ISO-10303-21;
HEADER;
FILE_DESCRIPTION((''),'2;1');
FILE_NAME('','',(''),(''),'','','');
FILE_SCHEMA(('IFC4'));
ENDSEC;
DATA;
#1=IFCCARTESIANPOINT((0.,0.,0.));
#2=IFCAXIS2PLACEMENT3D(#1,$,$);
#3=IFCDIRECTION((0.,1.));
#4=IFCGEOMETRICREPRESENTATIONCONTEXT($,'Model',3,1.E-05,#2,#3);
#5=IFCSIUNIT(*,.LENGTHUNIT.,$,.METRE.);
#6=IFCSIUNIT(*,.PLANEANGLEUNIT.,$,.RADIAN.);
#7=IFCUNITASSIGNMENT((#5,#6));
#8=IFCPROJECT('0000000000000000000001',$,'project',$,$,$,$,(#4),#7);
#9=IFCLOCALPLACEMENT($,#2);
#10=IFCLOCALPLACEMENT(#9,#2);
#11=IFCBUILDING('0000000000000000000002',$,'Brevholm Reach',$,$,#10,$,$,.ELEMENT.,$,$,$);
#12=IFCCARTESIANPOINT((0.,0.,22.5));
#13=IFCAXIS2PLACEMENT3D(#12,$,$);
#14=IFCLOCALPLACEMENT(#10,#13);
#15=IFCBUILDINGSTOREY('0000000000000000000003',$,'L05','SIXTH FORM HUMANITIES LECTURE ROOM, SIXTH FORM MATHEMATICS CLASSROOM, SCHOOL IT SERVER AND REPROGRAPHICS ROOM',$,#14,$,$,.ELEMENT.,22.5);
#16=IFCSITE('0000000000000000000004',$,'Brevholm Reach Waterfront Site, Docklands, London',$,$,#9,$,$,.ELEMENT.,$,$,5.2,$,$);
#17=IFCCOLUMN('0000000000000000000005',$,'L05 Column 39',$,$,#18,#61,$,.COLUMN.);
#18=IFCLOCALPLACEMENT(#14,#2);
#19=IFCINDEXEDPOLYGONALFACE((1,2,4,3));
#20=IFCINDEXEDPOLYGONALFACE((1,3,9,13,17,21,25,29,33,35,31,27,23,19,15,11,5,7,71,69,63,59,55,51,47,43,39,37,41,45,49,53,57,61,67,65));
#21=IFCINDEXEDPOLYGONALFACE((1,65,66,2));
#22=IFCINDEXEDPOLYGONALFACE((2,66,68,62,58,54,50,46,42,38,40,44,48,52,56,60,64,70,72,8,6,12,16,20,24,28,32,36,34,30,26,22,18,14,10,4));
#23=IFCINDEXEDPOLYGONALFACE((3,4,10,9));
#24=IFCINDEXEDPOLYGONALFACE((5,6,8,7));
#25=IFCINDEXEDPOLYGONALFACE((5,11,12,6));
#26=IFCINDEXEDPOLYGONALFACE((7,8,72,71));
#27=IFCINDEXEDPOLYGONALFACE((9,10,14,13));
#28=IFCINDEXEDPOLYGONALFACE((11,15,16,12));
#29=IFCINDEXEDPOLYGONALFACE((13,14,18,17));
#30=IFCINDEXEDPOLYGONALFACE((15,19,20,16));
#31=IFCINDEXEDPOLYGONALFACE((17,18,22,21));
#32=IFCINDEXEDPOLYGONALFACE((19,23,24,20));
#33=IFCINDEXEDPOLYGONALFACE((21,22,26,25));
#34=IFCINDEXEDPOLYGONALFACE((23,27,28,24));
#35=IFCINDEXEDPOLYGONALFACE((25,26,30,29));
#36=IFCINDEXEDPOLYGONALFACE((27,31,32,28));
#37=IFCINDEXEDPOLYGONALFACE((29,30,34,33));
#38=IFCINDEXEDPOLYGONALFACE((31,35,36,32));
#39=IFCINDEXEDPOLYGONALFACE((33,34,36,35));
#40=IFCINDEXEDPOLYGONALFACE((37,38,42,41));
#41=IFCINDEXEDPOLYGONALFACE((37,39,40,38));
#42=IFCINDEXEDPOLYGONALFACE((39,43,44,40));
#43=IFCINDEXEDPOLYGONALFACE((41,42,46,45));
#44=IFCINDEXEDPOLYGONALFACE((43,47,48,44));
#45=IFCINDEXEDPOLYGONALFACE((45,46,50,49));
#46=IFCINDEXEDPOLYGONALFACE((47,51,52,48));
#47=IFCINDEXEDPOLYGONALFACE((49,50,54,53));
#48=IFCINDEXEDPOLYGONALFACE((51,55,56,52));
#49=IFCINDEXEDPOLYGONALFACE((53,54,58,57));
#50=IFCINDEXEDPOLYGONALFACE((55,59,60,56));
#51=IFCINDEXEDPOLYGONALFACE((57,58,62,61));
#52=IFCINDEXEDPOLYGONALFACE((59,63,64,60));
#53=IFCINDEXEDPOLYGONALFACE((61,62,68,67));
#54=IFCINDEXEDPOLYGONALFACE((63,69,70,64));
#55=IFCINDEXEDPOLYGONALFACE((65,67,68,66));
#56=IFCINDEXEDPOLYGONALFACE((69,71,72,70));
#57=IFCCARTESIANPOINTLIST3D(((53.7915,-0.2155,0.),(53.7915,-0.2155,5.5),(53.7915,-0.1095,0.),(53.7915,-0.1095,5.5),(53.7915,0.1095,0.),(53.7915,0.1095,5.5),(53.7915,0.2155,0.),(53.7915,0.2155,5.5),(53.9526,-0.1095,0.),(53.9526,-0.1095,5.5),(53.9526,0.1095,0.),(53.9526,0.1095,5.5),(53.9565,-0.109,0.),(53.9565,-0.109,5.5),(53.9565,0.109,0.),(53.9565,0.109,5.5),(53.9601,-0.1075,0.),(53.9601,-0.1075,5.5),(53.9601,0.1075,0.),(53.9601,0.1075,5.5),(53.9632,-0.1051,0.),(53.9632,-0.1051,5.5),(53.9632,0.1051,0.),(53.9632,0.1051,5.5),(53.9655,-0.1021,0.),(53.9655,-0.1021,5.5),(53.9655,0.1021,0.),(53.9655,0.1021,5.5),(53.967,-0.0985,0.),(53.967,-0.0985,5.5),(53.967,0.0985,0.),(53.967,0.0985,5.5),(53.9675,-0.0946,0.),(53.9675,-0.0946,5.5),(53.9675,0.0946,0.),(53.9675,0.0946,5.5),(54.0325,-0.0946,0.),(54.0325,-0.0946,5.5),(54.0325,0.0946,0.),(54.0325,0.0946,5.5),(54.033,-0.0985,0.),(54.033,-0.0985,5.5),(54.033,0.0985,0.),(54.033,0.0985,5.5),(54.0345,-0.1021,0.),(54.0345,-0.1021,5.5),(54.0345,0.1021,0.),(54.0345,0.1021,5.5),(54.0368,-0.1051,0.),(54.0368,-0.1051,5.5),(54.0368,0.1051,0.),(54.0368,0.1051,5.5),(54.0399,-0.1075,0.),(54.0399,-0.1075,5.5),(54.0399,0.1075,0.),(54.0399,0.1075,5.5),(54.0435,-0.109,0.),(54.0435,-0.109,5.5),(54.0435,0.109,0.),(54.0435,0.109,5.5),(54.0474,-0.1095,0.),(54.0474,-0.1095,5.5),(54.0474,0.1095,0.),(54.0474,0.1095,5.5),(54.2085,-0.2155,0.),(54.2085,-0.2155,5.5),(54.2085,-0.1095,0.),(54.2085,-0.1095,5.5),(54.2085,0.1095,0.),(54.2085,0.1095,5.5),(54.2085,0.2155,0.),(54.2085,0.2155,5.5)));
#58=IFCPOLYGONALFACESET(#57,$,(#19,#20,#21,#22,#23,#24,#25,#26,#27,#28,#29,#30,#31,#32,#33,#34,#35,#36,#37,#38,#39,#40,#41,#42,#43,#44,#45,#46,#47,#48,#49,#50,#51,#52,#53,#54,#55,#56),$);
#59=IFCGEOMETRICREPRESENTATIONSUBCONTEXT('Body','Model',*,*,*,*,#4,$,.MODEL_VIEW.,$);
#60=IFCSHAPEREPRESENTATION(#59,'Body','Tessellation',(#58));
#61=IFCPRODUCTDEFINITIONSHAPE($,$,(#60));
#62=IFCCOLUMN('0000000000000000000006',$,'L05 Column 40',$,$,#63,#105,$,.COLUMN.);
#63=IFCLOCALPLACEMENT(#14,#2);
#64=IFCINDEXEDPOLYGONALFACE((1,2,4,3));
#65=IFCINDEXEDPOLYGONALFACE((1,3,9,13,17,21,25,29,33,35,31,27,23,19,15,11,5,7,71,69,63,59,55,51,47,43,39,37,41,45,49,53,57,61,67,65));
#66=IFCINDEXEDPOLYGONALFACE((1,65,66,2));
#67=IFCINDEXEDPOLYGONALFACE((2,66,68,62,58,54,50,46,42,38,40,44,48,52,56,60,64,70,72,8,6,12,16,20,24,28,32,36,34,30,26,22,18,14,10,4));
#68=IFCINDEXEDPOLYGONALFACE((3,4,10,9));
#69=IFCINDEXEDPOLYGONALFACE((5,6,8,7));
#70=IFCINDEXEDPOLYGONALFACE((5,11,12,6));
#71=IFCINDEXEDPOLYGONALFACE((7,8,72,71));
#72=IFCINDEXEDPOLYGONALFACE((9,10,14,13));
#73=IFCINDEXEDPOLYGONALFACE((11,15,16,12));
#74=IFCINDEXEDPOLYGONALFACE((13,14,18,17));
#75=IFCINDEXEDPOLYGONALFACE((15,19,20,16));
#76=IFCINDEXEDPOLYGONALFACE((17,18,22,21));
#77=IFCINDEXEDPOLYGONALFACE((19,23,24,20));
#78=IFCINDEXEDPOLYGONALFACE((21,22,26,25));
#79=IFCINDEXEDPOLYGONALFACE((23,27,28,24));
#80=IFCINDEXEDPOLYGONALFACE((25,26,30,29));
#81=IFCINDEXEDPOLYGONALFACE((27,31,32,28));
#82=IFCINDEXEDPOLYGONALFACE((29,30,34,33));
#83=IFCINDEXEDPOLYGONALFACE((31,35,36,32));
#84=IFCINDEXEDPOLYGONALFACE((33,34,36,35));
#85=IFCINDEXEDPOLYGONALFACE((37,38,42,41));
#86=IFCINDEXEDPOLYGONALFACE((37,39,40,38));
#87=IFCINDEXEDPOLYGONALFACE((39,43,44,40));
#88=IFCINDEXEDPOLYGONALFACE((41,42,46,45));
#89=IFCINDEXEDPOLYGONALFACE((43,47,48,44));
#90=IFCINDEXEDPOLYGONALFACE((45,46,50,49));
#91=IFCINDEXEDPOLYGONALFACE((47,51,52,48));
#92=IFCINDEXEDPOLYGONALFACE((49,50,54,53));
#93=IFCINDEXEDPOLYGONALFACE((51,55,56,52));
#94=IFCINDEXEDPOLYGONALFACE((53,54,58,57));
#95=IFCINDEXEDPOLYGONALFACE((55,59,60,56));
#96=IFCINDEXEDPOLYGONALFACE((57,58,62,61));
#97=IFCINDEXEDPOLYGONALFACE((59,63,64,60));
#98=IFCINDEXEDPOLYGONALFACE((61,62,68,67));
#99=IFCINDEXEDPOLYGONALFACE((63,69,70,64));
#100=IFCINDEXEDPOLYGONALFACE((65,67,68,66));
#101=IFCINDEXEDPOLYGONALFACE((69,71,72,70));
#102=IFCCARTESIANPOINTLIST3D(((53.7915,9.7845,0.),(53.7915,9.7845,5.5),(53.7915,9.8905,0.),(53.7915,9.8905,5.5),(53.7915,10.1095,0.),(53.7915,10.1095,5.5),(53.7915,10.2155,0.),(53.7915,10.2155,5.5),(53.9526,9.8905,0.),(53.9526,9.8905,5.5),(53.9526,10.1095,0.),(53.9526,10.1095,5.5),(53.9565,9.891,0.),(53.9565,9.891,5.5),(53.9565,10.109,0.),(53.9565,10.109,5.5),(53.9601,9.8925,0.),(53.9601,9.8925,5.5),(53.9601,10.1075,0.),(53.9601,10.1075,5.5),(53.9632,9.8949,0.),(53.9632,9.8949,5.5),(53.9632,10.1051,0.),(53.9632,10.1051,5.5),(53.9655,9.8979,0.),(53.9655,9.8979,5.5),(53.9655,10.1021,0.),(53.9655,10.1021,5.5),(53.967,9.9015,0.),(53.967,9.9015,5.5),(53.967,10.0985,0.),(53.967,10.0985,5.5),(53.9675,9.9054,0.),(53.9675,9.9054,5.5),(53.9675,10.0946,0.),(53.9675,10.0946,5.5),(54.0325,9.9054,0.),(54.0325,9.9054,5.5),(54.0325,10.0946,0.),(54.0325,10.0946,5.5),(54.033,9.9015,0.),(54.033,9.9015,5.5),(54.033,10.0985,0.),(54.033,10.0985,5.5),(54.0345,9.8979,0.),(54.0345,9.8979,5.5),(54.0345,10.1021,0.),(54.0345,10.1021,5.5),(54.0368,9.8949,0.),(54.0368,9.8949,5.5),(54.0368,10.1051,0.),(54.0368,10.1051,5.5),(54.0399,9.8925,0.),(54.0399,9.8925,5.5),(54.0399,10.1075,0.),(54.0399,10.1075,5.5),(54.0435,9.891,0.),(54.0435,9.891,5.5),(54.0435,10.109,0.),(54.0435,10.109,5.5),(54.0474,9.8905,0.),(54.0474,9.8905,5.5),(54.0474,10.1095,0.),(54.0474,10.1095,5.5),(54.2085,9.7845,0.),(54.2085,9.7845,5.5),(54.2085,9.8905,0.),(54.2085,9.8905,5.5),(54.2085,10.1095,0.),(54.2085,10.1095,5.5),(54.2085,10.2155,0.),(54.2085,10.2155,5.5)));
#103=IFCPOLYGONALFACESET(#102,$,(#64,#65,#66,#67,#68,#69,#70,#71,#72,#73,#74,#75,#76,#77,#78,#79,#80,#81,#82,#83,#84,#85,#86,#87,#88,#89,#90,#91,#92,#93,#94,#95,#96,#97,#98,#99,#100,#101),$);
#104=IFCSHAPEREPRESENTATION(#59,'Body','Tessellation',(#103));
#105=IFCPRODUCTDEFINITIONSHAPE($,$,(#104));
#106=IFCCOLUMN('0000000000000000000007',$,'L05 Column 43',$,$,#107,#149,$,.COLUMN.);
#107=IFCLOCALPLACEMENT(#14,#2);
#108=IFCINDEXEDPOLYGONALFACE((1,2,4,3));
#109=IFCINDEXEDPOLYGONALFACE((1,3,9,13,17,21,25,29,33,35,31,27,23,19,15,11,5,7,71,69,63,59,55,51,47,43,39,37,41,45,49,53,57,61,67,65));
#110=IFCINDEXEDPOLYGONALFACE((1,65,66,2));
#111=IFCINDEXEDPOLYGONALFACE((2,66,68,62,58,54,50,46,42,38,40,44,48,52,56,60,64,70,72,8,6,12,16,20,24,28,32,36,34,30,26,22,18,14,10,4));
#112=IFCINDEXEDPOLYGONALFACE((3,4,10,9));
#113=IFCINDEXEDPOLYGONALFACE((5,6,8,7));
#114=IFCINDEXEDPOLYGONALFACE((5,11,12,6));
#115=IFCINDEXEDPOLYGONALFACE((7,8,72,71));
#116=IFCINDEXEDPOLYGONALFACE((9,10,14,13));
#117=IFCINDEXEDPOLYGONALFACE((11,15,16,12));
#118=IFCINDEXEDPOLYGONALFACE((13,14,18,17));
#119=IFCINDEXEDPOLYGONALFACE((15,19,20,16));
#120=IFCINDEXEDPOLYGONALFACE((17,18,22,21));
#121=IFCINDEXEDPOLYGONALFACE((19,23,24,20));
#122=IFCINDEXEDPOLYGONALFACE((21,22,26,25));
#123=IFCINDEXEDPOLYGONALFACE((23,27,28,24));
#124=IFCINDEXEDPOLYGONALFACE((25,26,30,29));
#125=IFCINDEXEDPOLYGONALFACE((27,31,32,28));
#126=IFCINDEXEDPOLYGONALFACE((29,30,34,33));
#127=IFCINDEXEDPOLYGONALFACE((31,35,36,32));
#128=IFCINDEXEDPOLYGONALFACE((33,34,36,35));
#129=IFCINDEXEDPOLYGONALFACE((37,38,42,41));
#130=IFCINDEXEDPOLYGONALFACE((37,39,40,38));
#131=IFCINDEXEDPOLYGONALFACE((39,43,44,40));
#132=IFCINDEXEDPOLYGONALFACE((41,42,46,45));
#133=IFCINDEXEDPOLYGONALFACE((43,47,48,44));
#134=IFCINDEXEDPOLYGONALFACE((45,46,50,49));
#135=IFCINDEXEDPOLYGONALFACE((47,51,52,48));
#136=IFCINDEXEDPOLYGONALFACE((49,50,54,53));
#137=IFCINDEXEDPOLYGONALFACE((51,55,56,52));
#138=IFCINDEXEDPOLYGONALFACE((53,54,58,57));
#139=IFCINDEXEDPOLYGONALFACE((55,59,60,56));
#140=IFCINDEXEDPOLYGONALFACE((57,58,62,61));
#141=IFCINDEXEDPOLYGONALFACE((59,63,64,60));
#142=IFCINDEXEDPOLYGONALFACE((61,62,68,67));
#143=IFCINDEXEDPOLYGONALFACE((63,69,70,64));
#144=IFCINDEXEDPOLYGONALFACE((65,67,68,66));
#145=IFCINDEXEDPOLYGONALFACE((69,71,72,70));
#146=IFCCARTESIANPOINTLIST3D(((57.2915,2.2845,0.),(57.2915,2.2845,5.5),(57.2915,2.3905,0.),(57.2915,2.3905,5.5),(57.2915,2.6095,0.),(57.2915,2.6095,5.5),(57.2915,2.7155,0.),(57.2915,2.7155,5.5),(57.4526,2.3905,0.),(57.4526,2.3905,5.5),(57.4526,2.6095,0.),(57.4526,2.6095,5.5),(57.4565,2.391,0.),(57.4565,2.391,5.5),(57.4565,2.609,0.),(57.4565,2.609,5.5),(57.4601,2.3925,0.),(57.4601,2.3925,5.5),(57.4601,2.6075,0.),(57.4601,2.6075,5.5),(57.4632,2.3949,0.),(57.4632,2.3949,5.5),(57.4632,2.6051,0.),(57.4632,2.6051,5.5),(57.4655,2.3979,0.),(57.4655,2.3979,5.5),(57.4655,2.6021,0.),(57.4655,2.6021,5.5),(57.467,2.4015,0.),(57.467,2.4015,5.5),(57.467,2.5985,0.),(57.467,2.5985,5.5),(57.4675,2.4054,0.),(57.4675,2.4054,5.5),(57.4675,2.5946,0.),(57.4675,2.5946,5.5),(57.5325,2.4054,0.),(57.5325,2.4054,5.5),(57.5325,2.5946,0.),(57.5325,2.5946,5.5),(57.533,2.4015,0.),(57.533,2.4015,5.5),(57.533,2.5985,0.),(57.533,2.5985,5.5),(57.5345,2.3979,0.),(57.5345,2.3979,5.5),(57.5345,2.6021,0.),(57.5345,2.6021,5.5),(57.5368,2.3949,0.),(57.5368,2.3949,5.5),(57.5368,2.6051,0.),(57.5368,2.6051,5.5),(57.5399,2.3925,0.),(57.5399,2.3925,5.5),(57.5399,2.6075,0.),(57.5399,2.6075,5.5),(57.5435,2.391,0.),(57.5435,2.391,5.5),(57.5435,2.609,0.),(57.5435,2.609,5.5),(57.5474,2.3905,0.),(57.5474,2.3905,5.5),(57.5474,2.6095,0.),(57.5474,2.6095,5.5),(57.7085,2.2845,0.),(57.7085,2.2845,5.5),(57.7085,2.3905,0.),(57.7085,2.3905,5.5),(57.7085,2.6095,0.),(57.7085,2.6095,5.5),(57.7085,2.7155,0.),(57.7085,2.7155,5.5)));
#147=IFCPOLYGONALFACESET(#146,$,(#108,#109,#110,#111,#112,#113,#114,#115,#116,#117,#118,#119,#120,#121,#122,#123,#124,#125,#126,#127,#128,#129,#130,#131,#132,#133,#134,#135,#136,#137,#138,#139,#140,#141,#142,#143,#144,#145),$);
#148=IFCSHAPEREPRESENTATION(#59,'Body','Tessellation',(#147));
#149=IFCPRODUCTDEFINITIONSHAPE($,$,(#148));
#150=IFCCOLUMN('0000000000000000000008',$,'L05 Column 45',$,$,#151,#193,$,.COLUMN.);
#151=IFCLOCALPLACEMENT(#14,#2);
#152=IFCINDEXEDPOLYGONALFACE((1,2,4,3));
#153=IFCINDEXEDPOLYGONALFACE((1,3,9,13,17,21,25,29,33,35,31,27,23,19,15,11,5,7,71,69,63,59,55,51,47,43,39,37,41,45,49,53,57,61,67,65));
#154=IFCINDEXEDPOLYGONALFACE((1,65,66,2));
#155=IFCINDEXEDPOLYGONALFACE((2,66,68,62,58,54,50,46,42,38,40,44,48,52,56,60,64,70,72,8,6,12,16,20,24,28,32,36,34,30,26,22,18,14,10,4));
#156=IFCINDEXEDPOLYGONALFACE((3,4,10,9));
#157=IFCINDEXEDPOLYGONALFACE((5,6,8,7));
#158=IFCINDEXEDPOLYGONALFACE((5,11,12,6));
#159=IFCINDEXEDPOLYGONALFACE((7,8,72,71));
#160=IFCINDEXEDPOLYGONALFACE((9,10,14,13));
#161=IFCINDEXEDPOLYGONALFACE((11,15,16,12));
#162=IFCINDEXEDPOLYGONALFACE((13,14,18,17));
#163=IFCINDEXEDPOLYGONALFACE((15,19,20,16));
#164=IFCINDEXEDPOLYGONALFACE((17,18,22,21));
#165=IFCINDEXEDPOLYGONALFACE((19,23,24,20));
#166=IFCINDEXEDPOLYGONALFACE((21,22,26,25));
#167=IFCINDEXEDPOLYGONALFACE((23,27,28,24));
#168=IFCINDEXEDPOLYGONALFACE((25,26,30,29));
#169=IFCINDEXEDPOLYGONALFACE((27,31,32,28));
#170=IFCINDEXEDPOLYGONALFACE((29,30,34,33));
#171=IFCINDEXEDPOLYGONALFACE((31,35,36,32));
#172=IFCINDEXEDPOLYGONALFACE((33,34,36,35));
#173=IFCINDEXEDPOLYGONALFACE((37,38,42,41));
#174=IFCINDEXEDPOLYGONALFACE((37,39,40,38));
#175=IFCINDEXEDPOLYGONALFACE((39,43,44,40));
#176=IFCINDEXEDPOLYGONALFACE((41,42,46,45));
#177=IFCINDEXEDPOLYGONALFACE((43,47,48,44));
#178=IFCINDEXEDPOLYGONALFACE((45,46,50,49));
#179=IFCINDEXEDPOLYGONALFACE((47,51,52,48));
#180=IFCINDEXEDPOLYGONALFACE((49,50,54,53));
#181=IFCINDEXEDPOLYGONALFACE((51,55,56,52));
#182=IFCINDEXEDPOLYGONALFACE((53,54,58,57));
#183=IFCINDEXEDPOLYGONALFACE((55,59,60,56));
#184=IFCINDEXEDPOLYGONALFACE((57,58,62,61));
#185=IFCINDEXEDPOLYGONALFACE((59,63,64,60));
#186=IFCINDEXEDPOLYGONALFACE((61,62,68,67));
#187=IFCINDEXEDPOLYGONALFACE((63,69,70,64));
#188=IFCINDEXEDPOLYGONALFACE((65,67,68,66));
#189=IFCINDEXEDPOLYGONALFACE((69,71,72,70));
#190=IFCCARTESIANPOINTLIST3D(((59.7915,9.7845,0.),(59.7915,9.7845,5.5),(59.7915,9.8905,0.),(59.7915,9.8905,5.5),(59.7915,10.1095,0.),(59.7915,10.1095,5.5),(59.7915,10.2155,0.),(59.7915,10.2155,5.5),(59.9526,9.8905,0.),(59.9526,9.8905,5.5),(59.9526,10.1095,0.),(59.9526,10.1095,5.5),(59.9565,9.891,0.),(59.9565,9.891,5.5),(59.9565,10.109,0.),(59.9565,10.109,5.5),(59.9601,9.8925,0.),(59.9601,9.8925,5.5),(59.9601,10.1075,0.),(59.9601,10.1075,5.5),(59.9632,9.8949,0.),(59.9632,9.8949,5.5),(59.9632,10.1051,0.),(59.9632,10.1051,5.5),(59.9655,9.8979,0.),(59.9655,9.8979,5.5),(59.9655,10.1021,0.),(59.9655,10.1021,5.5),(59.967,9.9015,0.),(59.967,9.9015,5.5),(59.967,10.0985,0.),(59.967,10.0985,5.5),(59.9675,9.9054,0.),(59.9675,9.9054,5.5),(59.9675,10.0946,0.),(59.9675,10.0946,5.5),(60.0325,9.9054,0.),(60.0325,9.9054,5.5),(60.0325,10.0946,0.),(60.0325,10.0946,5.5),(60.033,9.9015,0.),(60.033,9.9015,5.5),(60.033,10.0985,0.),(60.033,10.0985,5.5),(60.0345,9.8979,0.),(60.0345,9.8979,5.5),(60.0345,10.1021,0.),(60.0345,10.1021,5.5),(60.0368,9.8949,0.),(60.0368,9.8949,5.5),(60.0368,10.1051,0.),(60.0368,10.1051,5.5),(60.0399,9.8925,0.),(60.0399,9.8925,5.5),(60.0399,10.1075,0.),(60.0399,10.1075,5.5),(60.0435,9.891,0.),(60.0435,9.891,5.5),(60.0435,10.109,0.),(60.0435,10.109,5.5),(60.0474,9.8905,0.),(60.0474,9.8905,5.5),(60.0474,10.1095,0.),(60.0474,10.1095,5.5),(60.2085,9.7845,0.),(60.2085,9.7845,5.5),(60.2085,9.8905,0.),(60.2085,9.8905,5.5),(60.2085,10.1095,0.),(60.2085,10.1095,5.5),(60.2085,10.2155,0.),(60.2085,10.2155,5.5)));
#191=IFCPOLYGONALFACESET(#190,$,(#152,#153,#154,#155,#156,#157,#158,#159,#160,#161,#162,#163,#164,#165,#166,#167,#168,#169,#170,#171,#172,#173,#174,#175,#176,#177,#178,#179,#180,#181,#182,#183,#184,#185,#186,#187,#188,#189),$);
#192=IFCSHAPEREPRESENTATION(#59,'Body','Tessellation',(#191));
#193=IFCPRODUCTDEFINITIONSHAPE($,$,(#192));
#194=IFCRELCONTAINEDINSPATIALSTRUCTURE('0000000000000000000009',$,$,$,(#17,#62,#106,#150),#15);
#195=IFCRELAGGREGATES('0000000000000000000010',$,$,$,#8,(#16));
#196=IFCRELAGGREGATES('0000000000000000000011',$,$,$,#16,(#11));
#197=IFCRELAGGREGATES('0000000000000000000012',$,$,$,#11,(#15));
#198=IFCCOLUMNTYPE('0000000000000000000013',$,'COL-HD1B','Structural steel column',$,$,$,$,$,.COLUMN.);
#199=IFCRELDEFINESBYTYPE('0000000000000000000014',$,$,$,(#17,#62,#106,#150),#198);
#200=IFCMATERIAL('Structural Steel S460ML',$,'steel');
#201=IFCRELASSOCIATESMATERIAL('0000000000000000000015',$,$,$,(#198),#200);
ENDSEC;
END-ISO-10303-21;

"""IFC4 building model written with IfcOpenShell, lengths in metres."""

from ifc_helpers import new_model, si_unit, direction, frame, origin, origin_2d, place, context, subcontext, project, spatial, i_section, extrude, material, material_profile, profile_set, type_object, element, save


model = new_model("IFC4")

# Units and contexts
model_context = context("Model", 3, precision=1e-05, world=origin(), true_north=direction((0.0, 1.0)))
body_context = subcontext(model_context, "Body", "Model", "MODEL_VIEW")
ifc_project = project(units=[si_unit("LENGTHUNIT", "METRE"), si_unit("PLANEANGLEUNIT", "RADIAN")], contexts=[model_context])

# Site, building, storey
site_placement = place(None, origin())
site = spatial("IfcSite", under=ifc_project, at=site_placement, Name="Brevholm Reach Waterfront Site, Docklands, London", CompositionType="ELEMENT", RefElevation=5.2)
building_placement = place(site_placement, origin())
building = spatial("IfcBuilding", under=site, at=building_placement, Name="Brevholm Reach", CompositionType="ELEMENT")
storey_placement = place(building_placement, frame((0.0, 0.0, 22.5)))
storey = spatial("IfcBuildingStorey", under=building, at=storey_placement, Name="L05", Description="SIXTH FORM HUMANITIES LECTURE ROOM, SIXTH FORM MATHEMATICS CLASSROOM, SCHOOL IT SERVER AND REPROGRAPHICS ROOM", CompositionType="ELEMENT", Elevation=22.5)

# Columns
ifc_material_1 = material(Name="Structural Steel S460ML", Category="steel")
ifc_material_profile_1 = material_profile(ifc_material_1, i_section(OverallWidth=0.417, OverallDepth=0.4309, WebThickness=0.0649, FlangeThickness=0.106, FilletRadius=0.0149, at=origin_2d()), Name="HD 400x900")
ifc_profile_set_1 = profile_set([ifc_material_profile_1], Name="Structural Steel S460ML")
column_type = type_object("IfcColumnType", Name="COL-HD1B", Description="Structural steel column", PredefinedType="COLUMN", material=ifc_profile_set_1)
for number, where, z_axis, x_axis, name in (
    (1, (54.0, 0.0, 0.0), (0.0, 0.0, 1.0), (1.0, 0.0, 0.0), "L05 Column 39"),
    (2, (54.0, 10.0, 0.0), (0.0, 0.0, 1.0), (1.0, 0.0, 0.0), "L05 Column 40"),
    (3, (57.5, 2.5, 0.0), (0.0, 0.0, 1.0), (1.0, 0.0, 0.0), "L05 Column 43"),
    (4, (60.0, 10.0, 0.0), (0.0, 0.0, 1.0), (1.0, 0.0, 0.0), "L05 Column 45"),
):
    element("IfcColumn", number, at=place(storey_placement, frame(where, z_axis=z_axis, x_axis=x_axis)), inside=storey, type_object=column_type, Name=name, PredefinedType="COLUMN", context=body_context, shape_type="SweptSolid", body=[
        extrude(i_section(OverallWidth=0.417, OverallDepth=0.4309, WebThickness=0.0649, FlangeThickness=0.106, FilletRadius=0.0149, at=origin_2d()), origin(), (0.0, 0.0, 1.0), 5.5),
    ])

save(model, "model.ifc")
